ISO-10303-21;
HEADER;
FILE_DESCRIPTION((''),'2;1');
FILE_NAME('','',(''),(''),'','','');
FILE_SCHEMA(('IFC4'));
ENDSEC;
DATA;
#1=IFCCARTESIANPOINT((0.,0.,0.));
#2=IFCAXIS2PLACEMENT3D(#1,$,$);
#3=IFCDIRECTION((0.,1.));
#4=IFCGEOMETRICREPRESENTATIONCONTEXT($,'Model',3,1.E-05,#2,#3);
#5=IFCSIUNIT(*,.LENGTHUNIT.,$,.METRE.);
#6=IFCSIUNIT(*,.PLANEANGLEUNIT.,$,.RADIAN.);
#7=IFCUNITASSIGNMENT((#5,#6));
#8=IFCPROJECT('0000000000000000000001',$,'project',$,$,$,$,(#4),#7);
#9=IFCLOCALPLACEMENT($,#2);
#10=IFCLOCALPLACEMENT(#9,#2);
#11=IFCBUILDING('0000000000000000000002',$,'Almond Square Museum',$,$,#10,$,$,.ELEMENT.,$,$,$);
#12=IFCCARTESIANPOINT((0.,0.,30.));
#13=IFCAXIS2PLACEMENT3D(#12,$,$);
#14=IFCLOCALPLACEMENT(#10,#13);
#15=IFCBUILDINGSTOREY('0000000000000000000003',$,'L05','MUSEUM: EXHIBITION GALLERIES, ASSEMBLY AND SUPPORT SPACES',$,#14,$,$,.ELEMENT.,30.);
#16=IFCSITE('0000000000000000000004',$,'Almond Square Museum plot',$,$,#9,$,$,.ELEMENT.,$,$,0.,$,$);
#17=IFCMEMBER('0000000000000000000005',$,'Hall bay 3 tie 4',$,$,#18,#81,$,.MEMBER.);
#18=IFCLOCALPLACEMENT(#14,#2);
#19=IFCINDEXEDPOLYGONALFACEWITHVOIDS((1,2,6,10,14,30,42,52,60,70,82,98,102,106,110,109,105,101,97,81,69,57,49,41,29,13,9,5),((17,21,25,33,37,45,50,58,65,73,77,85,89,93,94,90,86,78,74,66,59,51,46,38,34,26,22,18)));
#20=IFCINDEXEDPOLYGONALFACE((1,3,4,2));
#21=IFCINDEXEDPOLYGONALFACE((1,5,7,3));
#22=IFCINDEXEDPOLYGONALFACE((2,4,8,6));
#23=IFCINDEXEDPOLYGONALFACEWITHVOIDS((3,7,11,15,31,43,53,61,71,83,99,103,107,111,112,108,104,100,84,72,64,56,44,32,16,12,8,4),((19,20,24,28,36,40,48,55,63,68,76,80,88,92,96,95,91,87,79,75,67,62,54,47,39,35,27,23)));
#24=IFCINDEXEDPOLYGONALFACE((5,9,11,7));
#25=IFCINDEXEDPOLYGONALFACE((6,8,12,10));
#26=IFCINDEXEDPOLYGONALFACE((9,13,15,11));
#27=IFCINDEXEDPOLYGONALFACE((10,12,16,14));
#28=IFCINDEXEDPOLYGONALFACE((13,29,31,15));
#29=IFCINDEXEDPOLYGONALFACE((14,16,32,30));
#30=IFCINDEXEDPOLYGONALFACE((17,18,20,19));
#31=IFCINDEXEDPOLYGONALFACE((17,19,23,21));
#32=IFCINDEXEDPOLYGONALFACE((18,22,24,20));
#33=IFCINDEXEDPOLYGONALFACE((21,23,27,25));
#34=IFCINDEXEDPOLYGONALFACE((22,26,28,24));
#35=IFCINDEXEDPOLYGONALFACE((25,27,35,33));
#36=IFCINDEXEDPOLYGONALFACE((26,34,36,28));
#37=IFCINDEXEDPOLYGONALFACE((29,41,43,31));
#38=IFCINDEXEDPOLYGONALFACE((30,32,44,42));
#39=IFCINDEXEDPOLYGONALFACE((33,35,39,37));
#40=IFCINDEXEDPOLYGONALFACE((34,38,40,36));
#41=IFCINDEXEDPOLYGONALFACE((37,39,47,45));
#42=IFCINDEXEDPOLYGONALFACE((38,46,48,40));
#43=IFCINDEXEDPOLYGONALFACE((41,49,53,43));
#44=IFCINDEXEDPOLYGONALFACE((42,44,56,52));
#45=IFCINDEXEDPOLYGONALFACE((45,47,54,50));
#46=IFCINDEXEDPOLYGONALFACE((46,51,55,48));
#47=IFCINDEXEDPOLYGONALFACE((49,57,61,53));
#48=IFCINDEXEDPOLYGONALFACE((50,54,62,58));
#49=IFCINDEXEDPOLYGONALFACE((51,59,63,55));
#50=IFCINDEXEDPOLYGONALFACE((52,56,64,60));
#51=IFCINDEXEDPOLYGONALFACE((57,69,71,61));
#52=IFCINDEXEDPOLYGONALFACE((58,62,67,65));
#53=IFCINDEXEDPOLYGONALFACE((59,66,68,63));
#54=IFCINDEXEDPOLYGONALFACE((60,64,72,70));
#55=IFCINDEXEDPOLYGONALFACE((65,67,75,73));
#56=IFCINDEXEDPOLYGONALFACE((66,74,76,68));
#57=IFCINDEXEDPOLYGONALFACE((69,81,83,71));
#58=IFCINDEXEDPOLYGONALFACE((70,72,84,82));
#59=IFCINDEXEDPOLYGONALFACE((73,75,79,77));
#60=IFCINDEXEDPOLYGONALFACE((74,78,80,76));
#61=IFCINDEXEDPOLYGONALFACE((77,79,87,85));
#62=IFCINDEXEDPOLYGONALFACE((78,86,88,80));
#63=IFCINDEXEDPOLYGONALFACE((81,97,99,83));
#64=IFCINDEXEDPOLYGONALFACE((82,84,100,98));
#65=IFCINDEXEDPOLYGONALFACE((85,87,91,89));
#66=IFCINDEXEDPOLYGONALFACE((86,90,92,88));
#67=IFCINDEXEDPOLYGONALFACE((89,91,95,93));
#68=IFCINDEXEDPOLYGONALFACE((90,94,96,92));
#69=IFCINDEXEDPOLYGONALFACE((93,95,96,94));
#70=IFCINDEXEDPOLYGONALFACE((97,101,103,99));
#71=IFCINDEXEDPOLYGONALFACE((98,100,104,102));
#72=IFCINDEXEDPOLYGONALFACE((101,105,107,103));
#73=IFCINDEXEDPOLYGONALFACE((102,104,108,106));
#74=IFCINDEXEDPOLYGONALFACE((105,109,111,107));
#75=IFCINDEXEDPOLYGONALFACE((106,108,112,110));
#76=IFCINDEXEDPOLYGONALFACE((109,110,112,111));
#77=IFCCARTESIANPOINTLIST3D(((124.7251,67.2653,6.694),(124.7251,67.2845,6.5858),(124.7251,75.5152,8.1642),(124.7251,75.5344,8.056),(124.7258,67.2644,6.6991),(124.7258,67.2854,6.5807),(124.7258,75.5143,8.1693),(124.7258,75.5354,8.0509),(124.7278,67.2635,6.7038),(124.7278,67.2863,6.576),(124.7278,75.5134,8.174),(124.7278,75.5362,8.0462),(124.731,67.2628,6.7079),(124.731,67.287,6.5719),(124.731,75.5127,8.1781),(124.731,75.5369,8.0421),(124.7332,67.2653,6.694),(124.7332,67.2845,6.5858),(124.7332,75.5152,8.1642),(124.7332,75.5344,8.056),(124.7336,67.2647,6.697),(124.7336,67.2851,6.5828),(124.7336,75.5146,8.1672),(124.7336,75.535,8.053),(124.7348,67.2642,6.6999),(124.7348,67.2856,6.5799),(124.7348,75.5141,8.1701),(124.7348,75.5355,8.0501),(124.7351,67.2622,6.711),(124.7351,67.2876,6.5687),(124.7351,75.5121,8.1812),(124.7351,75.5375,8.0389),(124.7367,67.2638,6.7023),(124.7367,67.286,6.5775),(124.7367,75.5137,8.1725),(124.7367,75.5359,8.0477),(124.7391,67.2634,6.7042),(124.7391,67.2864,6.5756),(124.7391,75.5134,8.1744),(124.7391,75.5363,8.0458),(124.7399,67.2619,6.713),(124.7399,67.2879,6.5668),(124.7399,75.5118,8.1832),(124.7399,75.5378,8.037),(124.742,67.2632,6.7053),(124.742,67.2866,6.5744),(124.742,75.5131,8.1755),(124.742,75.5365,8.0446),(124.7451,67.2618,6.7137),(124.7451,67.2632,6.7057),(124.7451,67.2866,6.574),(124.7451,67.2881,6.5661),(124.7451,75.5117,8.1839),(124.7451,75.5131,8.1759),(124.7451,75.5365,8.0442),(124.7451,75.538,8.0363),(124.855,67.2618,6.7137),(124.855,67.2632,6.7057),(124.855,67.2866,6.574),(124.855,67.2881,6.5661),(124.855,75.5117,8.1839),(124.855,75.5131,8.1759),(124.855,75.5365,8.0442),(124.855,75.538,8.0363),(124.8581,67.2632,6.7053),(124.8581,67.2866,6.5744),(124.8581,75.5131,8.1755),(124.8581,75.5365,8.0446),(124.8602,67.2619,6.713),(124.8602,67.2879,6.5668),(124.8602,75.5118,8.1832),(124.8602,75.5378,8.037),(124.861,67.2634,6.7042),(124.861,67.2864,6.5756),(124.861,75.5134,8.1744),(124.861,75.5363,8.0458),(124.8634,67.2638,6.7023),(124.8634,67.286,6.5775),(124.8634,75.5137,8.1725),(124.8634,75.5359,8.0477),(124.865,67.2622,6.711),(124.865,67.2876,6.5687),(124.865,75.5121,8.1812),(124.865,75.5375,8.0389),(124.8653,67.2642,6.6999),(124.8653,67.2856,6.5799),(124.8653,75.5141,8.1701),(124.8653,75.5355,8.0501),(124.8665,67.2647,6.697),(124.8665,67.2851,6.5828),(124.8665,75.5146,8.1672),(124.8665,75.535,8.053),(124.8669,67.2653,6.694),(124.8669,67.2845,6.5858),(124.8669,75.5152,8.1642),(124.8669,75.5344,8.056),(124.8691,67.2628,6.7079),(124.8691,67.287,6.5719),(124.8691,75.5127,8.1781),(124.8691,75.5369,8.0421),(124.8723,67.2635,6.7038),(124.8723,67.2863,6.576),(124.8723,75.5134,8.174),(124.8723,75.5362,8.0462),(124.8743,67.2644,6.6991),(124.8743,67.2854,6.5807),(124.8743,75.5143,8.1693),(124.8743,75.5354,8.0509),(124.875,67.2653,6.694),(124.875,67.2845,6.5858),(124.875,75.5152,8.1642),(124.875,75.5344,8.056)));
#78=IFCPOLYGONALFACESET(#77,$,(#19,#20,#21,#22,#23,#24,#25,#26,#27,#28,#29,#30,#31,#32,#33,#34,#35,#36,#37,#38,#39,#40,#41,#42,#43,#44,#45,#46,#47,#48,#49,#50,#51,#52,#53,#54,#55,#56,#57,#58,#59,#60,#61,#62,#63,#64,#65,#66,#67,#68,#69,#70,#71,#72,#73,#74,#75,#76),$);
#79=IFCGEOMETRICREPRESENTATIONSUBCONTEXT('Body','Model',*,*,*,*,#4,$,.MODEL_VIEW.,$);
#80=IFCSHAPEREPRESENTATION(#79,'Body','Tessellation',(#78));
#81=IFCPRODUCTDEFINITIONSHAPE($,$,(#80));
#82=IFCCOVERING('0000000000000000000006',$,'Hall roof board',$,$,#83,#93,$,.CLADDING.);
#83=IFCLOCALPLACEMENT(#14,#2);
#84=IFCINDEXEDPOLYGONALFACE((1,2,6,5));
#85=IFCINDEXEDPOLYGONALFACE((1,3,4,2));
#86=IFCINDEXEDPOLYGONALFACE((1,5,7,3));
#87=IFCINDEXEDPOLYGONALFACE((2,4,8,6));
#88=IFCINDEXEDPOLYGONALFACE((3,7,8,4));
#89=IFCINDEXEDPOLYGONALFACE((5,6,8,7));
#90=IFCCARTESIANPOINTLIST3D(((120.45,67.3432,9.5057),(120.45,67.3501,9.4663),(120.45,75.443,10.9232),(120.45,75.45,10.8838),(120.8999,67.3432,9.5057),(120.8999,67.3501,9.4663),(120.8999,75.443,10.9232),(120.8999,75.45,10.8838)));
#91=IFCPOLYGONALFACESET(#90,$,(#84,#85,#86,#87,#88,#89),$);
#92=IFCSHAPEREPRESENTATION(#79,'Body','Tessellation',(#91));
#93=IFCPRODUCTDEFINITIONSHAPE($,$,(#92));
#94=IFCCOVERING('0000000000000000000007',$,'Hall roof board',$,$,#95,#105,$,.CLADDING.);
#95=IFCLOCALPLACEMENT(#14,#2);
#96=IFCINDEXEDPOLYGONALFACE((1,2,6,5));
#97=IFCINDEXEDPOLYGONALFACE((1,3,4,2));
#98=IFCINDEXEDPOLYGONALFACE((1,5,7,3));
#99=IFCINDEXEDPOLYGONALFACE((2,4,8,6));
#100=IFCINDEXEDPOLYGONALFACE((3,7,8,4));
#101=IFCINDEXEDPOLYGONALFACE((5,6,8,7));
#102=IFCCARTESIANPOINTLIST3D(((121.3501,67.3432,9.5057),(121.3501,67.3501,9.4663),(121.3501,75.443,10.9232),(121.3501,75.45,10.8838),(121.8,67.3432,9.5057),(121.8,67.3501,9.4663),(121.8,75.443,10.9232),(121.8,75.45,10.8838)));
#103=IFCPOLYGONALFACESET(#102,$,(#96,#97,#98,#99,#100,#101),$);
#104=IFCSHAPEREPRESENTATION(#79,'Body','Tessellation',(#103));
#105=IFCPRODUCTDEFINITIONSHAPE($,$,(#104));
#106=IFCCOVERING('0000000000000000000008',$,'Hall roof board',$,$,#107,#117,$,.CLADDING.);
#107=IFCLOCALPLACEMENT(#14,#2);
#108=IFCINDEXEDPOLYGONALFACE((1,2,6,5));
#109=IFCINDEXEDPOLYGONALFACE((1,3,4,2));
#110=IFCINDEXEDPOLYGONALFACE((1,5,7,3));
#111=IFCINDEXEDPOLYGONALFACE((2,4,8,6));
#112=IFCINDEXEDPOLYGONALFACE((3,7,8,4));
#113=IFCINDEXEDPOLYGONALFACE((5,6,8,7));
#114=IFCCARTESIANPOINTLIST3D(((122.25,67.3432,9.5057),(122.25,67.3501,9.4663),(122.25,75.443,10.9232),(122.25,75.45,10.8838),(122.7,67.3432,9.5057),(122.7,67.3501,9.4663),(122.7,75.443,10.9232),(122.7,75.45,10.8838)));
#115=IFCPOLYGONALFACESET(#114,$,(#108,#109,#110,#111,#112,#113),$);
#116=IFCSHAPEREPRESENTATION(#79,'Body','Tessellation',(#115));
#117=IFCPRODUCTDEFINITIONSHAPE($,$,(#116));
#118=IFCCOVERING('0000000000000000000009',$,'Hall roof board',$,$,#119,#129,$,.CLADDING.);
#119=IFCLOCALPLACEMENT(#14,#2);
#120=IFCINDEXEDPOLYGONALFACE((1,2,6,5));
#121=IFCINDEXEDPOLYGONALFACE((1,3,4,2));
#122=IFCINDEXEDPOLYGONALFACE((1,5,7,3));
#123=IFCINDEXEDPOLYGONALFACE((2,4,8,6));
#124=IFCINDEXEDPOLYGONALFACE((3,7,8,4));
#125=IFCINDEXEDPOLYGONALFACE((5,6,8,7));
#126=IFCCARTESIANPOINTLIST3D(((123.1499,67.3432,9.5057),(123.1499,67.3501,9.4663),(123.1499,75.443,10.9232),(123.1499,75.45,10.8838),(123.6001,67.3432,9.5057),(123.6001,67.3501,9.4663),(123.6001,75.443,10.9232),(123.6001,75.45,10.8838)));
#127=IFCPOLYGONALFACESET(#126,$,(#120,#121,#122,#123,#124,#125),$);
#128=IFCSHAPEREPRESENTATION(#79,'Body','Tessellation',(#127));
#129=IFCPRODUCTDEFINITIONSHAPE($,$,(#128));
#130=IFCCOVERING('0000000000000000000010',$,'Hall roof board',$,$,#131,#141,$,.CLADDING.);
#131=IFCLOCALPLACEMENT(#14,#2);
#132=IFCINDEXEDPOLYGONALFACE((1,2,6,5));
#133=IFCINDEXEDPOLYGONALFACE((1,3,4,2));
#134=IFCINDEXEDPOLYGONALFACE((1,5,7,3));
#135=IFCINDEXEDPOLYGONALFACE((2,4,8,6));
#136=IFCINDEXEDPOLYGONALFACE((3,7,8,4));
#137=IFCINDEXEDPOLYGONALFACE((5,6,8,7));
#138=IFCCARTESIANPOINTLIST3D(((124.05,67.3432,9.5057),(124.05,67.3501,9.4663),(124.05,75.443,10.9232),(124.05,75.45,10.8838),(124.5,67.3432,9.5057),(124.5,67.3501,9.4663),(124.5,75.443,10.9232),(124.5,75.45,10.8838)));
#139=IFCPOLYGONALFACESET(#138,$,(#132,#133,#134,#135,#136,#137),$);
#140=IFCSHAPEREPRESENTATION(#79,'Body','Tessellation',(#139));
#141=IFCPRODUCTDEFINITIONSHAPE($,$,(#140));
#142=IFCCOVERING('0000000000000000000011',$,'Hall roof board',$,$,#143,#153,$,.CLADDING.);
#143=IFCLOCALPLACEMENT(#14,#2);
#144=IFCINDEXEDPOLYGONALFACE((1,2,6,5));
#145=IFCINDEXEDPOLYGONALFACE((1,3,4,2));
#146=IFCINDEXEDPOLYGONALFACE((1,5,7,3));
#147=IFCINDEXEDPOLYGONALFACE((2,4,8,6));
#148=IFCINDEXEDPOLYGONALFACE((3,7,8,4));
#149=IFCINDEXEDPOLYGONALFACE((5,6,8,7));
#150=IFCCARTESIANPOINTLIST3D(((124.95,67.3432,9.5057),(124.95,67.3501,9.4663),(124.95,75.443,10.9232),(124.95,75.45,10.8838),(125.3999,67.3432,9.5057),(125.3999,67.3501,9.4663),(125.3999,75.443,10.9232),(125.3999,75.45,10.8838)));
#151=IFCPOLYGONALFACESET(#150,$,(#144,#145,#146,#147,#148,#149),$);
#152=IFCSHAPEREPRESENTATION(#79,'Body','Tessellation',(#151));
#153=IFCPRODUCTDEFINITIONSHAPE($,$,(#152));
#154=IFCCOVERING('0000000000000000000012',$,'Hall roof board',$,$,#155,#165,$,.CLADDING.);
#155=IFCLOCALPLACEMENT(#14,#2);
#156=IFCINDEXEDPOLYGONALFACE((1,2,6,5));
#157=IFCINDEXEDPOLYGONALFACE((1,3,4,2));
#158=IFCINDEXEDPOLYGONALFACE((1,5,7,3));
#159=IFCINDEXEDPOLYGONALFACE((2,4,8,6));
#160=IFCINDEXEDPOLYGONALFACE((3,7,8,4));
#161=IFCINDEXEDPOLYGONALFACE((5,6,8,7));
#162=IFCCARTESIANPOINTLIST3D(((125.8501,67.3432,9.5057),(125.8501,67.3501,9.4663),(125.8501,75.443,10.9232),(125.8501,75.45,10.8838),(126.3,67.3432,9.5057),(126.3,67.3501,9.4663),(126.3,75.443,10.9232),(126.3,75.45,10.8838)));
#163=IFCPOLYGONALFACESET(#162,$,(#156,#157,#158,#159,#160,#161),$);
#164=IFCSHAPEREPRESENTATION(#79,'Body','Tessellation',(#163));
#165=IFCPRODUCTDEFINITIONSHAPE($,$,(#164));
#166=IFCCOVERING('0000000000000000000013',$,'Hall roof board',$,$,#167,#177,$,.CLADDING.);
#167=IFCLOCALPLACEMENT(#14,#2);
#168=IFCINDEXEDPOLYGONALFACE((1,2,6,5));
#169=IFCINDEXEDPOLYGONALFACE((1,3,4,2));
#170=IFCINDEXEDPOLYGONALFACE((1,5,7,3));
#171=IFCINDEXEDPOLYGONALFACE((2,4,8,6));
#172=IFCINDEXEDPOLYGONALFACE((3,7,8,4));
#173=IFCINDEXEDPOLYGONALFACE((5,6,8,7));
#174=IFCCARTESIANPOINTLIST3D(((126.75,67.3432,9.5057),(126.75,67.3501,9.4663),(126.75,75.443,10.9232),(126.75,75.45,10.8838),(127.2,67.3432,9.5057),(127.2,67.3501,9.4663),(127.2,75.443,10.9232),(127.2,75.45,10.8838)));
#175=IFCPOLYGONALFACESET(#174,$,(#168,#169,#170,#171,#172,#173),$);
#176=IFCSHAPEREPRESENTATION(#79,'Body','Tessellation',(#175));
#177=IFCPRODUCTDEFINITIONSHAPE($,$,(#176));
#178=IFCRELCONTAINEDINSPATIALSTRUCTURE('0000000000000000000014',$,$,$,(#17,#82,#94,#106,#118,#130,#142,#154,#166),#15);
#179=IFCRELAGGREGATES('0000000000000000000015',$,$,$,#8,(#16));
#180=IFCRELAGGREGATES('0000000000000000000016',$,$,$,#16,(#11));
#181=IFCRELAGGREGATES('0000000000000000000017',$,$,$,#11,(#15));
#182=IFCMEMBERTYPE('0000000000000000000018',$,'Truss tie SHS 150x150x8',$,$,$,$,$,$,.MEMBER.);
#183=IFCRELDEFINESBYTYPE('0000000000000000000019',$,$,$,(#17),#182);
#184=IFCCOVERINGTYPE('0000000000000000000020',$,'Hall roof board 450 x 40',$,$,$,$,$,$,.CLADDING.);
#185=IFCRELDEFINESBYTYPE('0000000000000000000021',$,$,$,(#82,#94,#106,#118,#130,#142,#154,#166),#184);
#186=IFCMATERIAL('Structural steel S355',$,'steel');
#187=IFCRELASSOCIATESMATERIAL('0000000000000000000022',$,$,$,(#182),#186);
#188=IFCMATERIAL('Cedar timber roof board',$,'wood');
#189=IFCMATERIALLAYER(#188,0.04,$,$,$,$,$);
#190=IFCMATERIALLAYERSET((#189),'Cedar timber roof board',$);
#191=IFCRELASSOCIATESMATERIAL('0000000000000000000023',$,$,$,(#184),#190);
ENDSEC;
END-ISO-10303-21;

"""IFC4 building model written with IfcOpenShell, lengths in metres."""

from ifc_helpers import new_model, si_unit, direction, frame, origin, origin_2d, place, context, subcontext, project, spatial, polyline, hollow_rectangle, outline, extrude, material, layer, layer_set, material_profile, profile_set, type_object, element, save


model = new_model("IFC4")

# Units and contexts
model_context = context("Model", 3, precision=1e-05, world=origin(), true_north=direction((0.0, 1.0)))
body_context = subcontext(model_context, "Body", "Model", "MODEL_VIEW")
ifc_project = project(units=[si_unit("LENGTHUNIT", "METRE"), si_unit("PLANEANGLEUNIT", "RADIAN")], contexts=[model_context])

# Site, building, storey
site_placement = place(None, origin())
site = spatial("IfcSite", under=ifc_project, at=site_placement, Name="Almond Square Museum plot", CompositionType="ELEMENT", RefElevation=0.0)
building_placement = place(site_placement, origin())
building = spatial("IfcBuilding", under=site, at=building_placement, Name="Almond Square Museum", CompositionType="ELEMENT")
storey_placement = place(building_placement, frame((0.0, 0.0, 30.0)))
storey = spatial("IfcBuildingStorey", under=building, at=storey_placement, Name="L05", Description="MUSEUM: EXHIBITION GALLERIES, ASSEMBLY AND SUPPORT SPACES", CompositionType="ELEMENT", Elevation=30.0)

# Member
ifc_material_1 = material(Name="Structural steel S355", Category="steel")
ifc_material_profile_1 = material_profile(ifc_material_1, hollow_rectangle(XDim=0.1499, YDim=0.1499, WallThickness=0.0081, InnerFilletRadius=0.012, OuterFilletRadius=0.02, at=origin_2d()))
ifc_profile_set_1 = profile_set([ifc_material_profile_1], Name="Structural steel S355")
member_type_1 = type_object("IfcMemberType", Name="Truss tie SHS 150x150x8", PredefinedType="MEMBER", material=ifc_profile_set_1)
member_placement = place(storey_placement, frame((124.8, 67.2749, 6.6399), z_axis=(0.0, 0.984489, 0.175444), x_axis=(-1.0, 0.0, 0.0)))
element("IfcMember", 1, at=member_placement, inside=storey, type_object=member_type_1, Name="Hall bay 3 tie 4", PredefinedType="MEMBER", context=body_context, shape_type="SweptSolid", body=[
    extrude(hollow_rectangle(XDim=0.1499, YDim=0.1499, WallThickness=0.0081, InnerFilletRadius=0.012, OuterFilletRadius=0.02, at=origin_2d()), origin(), (0.0, 0.0, 1.0), 8.3799),
])

# Coverings
ifc_material_2 = material(Name="Cedar timber roof board", Category="wood")
ifc_layer = layer(ifc_material_2, 0.04)
ifc_layer_set = layer_set([ifc_layer], Name="Cedar timber roof board")
covering_type = type_object("IfcCoveringType", Name="Hall roof board 450 x 40", PredefinedType="CLADDING", material=ifc_layer_set)
for number, where, z_axis, x_axis, name in (
    (2, (120.8999, 75.45, 10.8838), (0.0, -0.172381, 0.98503), (-1.0, 0.0, 0.0), "Hall roof board"),
    (3, (121.8, 75.45, 10.8838), (0.0, -0.172381, 0.98503), (-1.0, 0.0, 0.0), "Hall roof board"),
    (4, (122.7, 75.45, 10.8838), (0.0, -0.172381, 0.98503), (-1.0, 0.0, 0.0), "Hall roof board"),
):
    element("IfcCovering", number, at=place(storey_placement, frame(where, z_axis=z_axis, x_axis=x_axis)), inside=storey, type_object=covering_type, Name=name, PredefinedType="CLADDING", context=body_context, shape_type="SweptSolid", body=[
        extrude(outline(polyline([(0.0, 0.0), (0.45, 0.0), (0.45, 8.2229), (0.0, 8.2229), (0.0, 0.0)])), origin(), (0.0, 0.0, 1.0), 0.04),
    ])
covering_placement = place(storey_placement, frame((123.6001, 75.45, 10.8838), z_axis=(0.0, -0.172381, 0.98503), x_axis=(-1.0, 0.0, 0.0)))
element("IfcCovering", 5, at=covering_placement, inside=storey, type_object=covering_type, Name="Hall roof board", PredefinedType="CLADDING", context=body_context, shape_type="SweptSolid", body=[
    extrude(outline(polyline([(0.0, 0.0), (0.4502, 0.0), (0.4502, 8.2229), (0.0, 8.2229), (0.0, 0.0)])), origin(), (0.0, 0.0, 1.0), 0.04),
])
for number, where, z_axis, x_axis, name in (
    (6, (124.5, 75.45, 10.8838), (0.0, -0.172381, 0.98503), (-1.0, 0.0, 0.0), "Hall roof board"),
    (7, (125.3999, 75.45, 10.8838), (0.0, -0.172381, 0.98503), (-1.0, 0.0, 0.0), "Hall roof board"),
    (8, (126.3, 75.45, 10.8838), (0.0, -0.172381, 0.98503), (-1.0, 0.0, 0.0), "Hall roof board"),
    (9, (127.2, 75.45, 10.8838), (0.0, -0.172381, 0.98503), (-1.0, 0.0, 0.0), "Hall roof board"),
):
    element("IfcCovering", number, at=place(storey_placement, frame(where, z_axis=z_axis, x_axis=x_axis)), inside=storey, type_object=covering_type, Name=name, PredefinedType="CLADDING", context=body_context, shape_type="SweptSolid", body=[
        extrude(outline(polyline([(0.0, 0.0), (0.45, 0.0), (0.45, 8.2229), (0.0, 8.2229), (0.0, 0.0)])), origin(), (0.0, 0.0, 1.0), 0.04),
    ])

save(model, "model.ifc")
